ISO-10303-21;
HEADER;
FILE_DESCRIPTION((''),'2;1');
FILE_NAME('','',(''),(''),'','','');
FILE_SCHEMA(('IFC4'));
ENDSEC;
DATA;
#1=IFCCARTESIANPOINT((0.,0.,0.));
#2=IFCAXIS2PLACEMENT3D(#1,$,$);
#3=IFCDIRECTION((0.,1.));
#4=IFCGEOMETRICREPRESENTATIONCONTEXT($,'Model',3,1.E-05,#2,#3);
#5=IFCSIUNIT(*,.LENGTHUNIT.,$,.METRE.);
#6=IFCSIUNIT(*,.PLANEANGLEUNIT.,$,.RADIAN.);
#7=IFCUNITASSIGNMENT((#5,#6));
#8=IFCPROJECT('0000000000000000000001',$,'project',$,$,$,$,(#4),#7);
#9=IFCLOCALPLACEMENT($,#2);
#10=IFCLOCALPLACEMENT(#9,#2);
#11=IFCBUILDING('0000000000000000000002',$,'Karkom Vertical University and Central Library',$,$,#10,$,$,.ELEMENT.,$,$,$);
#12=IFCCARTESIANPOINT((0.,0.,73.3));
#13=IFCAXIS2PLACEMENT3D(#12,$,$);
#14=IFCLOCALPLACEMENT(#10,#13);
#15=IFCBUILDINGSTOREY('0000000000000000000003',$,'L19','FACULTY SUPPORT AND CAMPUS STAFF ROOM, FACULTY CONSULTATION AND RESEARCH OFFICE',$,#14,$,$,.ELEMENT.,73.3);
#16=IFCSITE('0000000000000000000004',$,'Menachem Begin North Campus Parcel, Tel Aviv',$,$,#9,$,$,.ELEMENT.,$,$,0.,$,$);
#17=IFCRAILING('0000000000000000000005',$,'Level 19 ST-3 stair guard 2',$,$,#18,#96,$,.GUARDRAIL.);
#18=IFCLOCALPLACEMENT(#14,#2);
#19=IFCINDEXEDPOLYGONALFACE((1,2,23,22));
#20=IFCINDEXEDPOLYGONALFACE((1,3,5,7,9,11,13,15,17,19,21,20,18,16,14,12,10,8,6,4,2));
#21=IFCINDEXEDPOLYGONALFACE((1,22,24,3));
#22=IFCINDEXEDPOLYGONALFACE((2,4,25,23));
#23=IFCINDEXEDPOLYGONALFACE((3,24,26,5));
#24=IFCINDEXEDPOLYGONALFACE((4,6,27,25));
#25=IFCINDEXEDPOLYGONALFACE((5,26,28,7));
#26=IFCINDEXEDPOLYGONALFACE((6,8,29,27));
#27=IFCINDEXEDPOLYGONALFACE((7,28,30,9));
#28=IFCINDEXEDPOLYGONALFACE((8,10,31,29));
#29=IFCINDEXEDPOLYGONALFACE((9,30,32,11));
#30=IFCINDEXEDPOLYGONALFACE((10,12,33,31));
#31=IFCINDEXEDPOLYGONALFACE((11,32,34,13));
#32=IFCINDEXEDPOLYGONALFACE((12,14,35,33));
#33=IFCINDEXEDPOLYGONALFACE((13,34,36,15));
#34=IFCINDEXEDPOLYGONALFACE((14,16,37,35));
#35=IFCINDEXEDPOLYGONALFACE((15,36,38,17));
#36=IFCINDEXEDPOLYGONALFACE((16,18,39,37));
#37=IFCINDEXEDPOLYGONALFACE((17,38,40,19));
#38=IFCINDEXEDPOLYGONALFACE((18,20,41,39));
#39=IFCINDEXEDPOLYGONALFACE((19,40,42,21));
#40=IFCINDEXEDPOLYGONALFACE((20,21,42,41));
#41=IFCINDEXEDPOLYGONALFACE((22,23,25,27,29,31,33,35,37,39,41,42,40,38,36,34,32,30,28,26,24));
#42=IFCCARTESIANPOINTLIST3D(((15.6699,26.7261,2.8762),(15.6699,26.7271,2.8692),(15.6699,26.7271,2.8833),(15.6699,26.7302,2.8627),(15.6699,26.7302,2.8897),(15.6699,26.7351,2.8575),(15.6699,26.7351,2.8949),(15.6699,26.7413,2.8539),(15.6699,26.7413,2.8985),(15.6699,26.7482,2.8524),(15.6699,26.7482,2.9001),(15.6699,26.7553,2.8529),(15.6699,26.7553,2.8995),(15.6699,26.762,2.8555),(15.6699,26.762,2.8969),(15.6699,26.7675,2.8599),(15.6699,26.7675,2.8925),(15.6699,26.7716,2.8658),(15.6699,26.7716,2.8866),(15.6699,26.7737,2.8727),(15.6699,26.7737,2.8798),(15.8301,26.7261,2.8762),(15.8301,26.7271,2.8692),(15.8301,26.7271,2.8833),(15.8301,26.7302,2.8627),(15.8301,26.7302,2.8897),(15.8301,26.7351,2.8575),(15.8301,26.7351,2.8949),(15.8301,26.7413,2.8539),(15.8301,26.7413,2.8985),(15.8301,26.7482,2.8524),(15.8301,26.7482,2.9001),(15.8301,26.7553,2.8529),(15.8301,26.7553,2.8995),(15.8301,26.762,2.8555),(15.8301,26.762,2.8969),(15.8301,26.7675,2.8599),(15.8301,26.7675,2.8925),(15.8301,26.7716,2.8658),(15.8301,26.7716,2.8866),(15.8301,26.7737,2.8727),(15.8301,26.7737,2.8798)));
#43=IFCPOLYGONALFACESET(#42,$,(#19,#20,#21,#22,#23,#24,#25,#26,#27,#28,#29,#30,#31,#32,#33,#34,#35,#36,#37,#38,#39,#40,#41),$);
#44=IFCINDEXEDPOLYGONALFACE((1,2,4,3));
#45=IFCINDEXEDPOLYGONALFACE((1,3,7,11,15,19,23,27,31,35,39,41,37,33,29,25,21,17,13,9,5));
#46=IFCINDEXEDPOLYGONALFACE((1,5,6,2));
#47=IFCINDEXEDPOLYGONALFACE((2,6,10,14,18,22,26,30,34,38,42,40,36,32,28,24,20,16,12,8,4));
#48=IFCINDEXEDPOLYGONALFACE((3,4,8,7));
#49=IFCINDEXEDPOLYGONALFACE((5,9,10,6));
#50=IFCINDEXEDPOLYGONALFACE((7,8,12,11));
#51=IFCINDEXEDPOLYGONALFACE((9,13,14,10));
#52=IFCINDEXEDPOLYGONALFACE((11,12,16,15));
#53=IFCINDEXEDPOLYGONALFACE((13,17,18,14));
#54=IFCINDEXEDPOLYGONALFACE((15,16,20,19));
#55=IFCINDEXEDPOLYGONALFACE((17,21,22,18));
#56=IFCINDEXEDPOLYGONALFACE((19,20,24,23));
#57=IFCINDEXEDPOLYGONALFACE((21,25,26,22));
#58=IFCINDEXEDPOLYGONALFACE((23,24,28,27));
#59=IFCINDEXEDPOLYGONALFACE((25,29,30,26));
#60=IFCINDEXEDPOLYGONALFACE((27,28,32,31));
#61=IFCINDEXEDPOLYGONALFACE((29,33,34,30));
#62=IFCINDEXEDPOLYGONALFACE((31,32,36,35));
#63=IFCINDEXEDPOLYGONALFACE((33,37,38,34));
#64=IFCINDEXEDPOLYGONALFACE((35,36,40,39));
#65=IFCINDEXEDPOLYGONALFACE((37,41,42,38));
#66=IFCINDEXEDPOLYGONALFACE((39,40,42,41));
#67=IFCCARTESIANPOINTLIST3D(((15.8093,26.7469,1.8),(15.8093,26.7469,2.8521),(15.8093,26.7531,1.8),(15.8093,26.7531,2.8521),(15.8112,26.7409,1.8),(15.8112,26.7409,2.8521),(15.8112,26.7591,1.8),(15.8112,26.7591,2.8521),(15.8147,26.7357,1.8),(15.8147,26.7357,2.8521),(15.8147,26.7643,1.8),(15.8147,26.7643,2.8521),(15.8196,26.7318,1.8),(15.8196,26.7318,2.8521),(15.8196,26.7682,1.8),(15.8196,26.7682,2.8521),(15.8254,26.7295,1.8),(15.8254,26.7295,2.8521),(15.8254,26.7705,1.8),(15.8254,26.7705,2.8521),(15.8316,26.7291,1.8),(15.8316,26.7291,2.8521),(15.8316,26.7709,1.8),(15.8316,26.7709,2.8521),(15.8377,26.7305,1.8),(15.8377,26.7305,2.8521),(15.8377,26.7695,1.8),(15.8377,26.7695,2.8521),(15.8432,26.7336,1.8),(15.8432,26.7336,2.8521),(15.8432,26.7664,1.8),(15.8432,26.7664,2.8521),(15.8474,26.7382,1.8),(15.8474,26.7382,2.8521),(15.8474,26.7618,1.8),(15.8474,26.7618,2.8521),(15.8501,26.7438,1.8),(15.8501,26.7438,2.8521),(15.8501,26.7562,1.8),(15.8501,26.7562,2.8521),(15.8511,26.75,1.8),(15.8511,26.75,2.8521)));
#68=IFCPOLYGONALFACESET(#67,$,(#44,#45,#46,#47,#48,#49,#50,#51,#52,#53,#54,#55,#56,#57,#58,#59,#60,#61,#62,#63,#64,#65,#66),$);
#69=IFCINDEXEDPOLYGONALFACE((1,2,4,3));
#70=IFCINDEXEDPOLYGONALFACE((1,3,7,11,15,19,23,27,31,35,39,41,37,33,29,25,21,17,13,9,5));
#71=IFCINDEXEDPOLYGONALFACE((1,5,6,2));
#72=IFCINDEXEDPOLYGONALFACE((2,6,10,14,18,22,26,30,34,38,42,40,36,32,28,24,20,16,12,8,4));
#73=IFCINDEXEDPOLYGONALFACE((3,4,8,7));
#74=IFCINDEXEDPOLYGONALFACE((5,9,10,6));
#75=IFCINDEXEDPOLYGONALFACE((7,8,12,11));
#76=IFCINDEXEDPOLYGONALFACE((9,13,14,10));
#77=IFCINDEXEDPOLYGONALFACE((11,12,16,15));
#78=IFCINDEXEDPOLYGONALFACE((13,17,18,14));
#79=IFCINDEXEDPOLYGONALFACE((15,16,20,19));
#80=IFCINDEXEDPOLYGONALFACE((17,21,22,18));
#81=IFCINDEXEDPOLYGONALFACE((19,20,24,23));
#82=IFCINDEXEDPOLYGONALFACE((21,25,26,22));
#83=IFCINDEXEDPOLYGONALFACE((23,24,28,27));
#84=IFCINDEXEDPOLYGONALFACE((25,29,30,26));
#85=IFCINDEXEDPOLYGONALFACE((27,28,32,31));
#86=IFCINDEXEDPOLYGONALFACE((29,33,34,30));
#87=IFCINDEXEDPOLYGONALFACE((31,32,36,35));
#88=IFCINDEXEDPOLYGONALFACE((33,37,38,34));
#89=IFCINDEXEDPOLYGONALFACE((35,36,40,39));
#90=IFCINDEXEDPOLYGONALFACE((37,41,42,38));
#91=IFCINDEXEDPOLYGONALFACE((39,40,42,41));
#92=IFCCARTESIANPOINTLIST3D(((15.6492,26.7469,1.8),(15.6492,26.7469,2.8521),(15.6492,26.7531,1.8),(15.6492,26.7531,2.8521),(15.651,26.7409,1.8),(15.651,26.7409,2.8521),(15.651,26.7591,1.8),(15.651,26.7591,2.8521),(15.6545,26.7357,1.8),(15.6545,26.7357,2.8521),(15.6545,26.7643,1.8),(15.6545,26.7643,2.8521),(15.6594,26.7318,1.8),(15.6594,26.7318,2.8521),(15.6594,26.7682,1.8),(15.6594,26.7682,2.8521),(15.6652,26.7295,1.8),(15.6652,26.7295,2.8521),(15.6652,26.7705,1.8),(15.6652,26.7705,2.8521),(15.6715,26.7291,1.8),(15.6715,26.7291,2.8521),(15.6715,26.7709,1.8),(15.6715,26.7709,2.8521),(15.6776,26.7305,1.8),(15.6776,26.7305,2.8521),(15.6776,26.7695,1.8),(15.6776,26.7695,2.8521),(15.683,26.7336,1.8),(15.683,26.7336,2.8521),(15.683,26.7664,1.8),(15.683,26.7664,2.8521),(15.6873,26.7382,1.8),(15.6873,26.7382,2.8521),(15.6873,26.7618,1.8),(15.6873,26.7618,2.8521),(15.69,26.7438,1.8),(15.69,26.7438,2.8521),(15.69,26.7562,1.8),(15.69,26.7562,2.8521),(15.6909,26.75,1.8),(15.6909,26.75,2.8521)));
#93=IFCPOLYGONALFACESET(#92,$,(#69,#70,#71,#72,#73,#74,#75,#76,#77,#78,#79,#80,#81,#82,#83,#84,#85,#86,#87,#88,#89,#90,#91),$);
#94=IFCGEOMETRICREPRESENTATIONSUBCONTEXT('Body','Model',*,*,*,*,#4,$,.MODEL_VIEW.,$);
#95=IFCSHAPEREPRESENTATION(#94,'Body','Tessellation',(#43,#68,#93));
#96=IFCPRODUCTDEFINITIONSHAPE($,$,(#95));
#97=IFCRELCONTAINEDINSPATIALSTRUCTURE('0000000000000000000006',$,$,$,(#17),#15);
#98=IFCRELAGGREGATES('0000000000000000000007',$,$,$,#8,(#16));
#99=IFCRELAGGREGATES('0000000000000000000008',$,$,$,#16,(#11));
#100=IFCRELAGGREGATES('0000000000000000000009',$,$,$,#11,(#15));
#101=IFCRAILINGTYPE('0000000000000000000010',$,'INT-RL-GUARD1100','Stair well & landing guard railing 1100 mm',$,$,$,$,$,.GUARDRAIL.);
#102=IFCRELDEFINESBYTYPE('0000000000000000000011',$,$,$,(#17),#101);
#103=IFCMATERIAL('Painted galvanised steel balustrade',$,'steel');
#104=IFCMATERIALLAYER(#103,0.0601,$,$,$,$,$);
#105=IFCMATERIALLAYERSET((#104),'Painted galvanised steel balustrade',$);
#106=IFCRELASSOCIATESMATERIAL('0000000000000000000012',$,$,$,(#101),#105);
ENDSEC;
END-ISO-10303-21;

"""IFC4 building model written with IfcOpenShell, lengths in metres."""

from ifc_helpers import new_model, si_unit, direction, frame, origin, origin_2d, place, context, subcontext, project, spatial, circle, extrude, material, layer, layer_set, type_object, element, save


model = new_model("IFC4")

# Units and contexts
model_context = context("Model", 3, precision=1e-05, world=origin(), true_north=direction((0.0, 1.0)))
body_context = subcontext(model_context, "Body", "Model", "MODEL_VIEW")
ifc_project = project(units=[si_unit("LENGTHUNIT", "METRE"), si_unit("PLANEANGLEUNIT", "RADIAN")], contexts=[model_context])

# Site, building, storey
site_placement = place(None, origin())
site = spatial("IfcSite", under=ifc_project, at=site_placement, Name="Menachem Begin North Campus Parcel, Tel Aviv", CompositionType="ELEMENT", RefElevation=0.0)
building_placement = place(site_placement, origin())
building = spatial("IfcBuilding", under=site, at=building_placement, Name="Karkom Vertical University and Central Library", CompositionType="ELEMENT")
storey_placement = place(building_placement, frame((0.0, 0.0, 73.3)))
storey = spatial("IfcBuildingStorey", under=building, at=storey_placement, Name="L19", Description="FACULTY SUPPORT AND CAMPUS STAFF ROOM, FACULTY CONSULTATION AND RESEARCH OFFICE", CompositionType="ELEMENT", Elevation=73.3)

# Railing
ifc_material_1 = material(Name="Painted galvanised steel balustrade", Category="steel")
ifc_layer_1 = layer(ifc_material_1, 0.0601)
ifc_layer_set_1 = layer_set([ifc_layer_1], Name="Painted galvanised steel balustrade")
railing_type_1 = type_object("IfcRailingType", Name="INT-RL-GUARD1100", Description="Stair well & landing guard railing 1100 mm", PredefinedType="GUARDRAIL", material=ifc_layer_set_1)
railing_1_placement = place(storey_placement, frame((15.8301, 26.75, 1.8)))
element("IfcRailing", 1, at=railing_1_placement, inside=storey, type_object=railing_type_1, Name="Level 19 ST-3 stair guard 2", PredefinedType="GUARDRAIL", context=body_context, shape_type="SweptSolid", body=[
    extrude(circle(Radius=0.0239, at=origin_2d()), frame((0.0, 0.0, 1.0762), z_axis=(-1.0, 0.0, 0.0), x_axis=(0.0, -1.0, 0.0)), (0.0, 0.0, 1.0), 0.1602),
    extrude(circle(Radius=0.021, at=origin_2d()), origin(), (0.0, 0.0, 1.0), 1.052),
    extrude(circle(Radius=0.021, at=origin_2d()), frame((-0.1602, 0.0, 0.0)), (0.0, 0.0, 1.0), 1.052),
])

save(model, "model.ifc")
